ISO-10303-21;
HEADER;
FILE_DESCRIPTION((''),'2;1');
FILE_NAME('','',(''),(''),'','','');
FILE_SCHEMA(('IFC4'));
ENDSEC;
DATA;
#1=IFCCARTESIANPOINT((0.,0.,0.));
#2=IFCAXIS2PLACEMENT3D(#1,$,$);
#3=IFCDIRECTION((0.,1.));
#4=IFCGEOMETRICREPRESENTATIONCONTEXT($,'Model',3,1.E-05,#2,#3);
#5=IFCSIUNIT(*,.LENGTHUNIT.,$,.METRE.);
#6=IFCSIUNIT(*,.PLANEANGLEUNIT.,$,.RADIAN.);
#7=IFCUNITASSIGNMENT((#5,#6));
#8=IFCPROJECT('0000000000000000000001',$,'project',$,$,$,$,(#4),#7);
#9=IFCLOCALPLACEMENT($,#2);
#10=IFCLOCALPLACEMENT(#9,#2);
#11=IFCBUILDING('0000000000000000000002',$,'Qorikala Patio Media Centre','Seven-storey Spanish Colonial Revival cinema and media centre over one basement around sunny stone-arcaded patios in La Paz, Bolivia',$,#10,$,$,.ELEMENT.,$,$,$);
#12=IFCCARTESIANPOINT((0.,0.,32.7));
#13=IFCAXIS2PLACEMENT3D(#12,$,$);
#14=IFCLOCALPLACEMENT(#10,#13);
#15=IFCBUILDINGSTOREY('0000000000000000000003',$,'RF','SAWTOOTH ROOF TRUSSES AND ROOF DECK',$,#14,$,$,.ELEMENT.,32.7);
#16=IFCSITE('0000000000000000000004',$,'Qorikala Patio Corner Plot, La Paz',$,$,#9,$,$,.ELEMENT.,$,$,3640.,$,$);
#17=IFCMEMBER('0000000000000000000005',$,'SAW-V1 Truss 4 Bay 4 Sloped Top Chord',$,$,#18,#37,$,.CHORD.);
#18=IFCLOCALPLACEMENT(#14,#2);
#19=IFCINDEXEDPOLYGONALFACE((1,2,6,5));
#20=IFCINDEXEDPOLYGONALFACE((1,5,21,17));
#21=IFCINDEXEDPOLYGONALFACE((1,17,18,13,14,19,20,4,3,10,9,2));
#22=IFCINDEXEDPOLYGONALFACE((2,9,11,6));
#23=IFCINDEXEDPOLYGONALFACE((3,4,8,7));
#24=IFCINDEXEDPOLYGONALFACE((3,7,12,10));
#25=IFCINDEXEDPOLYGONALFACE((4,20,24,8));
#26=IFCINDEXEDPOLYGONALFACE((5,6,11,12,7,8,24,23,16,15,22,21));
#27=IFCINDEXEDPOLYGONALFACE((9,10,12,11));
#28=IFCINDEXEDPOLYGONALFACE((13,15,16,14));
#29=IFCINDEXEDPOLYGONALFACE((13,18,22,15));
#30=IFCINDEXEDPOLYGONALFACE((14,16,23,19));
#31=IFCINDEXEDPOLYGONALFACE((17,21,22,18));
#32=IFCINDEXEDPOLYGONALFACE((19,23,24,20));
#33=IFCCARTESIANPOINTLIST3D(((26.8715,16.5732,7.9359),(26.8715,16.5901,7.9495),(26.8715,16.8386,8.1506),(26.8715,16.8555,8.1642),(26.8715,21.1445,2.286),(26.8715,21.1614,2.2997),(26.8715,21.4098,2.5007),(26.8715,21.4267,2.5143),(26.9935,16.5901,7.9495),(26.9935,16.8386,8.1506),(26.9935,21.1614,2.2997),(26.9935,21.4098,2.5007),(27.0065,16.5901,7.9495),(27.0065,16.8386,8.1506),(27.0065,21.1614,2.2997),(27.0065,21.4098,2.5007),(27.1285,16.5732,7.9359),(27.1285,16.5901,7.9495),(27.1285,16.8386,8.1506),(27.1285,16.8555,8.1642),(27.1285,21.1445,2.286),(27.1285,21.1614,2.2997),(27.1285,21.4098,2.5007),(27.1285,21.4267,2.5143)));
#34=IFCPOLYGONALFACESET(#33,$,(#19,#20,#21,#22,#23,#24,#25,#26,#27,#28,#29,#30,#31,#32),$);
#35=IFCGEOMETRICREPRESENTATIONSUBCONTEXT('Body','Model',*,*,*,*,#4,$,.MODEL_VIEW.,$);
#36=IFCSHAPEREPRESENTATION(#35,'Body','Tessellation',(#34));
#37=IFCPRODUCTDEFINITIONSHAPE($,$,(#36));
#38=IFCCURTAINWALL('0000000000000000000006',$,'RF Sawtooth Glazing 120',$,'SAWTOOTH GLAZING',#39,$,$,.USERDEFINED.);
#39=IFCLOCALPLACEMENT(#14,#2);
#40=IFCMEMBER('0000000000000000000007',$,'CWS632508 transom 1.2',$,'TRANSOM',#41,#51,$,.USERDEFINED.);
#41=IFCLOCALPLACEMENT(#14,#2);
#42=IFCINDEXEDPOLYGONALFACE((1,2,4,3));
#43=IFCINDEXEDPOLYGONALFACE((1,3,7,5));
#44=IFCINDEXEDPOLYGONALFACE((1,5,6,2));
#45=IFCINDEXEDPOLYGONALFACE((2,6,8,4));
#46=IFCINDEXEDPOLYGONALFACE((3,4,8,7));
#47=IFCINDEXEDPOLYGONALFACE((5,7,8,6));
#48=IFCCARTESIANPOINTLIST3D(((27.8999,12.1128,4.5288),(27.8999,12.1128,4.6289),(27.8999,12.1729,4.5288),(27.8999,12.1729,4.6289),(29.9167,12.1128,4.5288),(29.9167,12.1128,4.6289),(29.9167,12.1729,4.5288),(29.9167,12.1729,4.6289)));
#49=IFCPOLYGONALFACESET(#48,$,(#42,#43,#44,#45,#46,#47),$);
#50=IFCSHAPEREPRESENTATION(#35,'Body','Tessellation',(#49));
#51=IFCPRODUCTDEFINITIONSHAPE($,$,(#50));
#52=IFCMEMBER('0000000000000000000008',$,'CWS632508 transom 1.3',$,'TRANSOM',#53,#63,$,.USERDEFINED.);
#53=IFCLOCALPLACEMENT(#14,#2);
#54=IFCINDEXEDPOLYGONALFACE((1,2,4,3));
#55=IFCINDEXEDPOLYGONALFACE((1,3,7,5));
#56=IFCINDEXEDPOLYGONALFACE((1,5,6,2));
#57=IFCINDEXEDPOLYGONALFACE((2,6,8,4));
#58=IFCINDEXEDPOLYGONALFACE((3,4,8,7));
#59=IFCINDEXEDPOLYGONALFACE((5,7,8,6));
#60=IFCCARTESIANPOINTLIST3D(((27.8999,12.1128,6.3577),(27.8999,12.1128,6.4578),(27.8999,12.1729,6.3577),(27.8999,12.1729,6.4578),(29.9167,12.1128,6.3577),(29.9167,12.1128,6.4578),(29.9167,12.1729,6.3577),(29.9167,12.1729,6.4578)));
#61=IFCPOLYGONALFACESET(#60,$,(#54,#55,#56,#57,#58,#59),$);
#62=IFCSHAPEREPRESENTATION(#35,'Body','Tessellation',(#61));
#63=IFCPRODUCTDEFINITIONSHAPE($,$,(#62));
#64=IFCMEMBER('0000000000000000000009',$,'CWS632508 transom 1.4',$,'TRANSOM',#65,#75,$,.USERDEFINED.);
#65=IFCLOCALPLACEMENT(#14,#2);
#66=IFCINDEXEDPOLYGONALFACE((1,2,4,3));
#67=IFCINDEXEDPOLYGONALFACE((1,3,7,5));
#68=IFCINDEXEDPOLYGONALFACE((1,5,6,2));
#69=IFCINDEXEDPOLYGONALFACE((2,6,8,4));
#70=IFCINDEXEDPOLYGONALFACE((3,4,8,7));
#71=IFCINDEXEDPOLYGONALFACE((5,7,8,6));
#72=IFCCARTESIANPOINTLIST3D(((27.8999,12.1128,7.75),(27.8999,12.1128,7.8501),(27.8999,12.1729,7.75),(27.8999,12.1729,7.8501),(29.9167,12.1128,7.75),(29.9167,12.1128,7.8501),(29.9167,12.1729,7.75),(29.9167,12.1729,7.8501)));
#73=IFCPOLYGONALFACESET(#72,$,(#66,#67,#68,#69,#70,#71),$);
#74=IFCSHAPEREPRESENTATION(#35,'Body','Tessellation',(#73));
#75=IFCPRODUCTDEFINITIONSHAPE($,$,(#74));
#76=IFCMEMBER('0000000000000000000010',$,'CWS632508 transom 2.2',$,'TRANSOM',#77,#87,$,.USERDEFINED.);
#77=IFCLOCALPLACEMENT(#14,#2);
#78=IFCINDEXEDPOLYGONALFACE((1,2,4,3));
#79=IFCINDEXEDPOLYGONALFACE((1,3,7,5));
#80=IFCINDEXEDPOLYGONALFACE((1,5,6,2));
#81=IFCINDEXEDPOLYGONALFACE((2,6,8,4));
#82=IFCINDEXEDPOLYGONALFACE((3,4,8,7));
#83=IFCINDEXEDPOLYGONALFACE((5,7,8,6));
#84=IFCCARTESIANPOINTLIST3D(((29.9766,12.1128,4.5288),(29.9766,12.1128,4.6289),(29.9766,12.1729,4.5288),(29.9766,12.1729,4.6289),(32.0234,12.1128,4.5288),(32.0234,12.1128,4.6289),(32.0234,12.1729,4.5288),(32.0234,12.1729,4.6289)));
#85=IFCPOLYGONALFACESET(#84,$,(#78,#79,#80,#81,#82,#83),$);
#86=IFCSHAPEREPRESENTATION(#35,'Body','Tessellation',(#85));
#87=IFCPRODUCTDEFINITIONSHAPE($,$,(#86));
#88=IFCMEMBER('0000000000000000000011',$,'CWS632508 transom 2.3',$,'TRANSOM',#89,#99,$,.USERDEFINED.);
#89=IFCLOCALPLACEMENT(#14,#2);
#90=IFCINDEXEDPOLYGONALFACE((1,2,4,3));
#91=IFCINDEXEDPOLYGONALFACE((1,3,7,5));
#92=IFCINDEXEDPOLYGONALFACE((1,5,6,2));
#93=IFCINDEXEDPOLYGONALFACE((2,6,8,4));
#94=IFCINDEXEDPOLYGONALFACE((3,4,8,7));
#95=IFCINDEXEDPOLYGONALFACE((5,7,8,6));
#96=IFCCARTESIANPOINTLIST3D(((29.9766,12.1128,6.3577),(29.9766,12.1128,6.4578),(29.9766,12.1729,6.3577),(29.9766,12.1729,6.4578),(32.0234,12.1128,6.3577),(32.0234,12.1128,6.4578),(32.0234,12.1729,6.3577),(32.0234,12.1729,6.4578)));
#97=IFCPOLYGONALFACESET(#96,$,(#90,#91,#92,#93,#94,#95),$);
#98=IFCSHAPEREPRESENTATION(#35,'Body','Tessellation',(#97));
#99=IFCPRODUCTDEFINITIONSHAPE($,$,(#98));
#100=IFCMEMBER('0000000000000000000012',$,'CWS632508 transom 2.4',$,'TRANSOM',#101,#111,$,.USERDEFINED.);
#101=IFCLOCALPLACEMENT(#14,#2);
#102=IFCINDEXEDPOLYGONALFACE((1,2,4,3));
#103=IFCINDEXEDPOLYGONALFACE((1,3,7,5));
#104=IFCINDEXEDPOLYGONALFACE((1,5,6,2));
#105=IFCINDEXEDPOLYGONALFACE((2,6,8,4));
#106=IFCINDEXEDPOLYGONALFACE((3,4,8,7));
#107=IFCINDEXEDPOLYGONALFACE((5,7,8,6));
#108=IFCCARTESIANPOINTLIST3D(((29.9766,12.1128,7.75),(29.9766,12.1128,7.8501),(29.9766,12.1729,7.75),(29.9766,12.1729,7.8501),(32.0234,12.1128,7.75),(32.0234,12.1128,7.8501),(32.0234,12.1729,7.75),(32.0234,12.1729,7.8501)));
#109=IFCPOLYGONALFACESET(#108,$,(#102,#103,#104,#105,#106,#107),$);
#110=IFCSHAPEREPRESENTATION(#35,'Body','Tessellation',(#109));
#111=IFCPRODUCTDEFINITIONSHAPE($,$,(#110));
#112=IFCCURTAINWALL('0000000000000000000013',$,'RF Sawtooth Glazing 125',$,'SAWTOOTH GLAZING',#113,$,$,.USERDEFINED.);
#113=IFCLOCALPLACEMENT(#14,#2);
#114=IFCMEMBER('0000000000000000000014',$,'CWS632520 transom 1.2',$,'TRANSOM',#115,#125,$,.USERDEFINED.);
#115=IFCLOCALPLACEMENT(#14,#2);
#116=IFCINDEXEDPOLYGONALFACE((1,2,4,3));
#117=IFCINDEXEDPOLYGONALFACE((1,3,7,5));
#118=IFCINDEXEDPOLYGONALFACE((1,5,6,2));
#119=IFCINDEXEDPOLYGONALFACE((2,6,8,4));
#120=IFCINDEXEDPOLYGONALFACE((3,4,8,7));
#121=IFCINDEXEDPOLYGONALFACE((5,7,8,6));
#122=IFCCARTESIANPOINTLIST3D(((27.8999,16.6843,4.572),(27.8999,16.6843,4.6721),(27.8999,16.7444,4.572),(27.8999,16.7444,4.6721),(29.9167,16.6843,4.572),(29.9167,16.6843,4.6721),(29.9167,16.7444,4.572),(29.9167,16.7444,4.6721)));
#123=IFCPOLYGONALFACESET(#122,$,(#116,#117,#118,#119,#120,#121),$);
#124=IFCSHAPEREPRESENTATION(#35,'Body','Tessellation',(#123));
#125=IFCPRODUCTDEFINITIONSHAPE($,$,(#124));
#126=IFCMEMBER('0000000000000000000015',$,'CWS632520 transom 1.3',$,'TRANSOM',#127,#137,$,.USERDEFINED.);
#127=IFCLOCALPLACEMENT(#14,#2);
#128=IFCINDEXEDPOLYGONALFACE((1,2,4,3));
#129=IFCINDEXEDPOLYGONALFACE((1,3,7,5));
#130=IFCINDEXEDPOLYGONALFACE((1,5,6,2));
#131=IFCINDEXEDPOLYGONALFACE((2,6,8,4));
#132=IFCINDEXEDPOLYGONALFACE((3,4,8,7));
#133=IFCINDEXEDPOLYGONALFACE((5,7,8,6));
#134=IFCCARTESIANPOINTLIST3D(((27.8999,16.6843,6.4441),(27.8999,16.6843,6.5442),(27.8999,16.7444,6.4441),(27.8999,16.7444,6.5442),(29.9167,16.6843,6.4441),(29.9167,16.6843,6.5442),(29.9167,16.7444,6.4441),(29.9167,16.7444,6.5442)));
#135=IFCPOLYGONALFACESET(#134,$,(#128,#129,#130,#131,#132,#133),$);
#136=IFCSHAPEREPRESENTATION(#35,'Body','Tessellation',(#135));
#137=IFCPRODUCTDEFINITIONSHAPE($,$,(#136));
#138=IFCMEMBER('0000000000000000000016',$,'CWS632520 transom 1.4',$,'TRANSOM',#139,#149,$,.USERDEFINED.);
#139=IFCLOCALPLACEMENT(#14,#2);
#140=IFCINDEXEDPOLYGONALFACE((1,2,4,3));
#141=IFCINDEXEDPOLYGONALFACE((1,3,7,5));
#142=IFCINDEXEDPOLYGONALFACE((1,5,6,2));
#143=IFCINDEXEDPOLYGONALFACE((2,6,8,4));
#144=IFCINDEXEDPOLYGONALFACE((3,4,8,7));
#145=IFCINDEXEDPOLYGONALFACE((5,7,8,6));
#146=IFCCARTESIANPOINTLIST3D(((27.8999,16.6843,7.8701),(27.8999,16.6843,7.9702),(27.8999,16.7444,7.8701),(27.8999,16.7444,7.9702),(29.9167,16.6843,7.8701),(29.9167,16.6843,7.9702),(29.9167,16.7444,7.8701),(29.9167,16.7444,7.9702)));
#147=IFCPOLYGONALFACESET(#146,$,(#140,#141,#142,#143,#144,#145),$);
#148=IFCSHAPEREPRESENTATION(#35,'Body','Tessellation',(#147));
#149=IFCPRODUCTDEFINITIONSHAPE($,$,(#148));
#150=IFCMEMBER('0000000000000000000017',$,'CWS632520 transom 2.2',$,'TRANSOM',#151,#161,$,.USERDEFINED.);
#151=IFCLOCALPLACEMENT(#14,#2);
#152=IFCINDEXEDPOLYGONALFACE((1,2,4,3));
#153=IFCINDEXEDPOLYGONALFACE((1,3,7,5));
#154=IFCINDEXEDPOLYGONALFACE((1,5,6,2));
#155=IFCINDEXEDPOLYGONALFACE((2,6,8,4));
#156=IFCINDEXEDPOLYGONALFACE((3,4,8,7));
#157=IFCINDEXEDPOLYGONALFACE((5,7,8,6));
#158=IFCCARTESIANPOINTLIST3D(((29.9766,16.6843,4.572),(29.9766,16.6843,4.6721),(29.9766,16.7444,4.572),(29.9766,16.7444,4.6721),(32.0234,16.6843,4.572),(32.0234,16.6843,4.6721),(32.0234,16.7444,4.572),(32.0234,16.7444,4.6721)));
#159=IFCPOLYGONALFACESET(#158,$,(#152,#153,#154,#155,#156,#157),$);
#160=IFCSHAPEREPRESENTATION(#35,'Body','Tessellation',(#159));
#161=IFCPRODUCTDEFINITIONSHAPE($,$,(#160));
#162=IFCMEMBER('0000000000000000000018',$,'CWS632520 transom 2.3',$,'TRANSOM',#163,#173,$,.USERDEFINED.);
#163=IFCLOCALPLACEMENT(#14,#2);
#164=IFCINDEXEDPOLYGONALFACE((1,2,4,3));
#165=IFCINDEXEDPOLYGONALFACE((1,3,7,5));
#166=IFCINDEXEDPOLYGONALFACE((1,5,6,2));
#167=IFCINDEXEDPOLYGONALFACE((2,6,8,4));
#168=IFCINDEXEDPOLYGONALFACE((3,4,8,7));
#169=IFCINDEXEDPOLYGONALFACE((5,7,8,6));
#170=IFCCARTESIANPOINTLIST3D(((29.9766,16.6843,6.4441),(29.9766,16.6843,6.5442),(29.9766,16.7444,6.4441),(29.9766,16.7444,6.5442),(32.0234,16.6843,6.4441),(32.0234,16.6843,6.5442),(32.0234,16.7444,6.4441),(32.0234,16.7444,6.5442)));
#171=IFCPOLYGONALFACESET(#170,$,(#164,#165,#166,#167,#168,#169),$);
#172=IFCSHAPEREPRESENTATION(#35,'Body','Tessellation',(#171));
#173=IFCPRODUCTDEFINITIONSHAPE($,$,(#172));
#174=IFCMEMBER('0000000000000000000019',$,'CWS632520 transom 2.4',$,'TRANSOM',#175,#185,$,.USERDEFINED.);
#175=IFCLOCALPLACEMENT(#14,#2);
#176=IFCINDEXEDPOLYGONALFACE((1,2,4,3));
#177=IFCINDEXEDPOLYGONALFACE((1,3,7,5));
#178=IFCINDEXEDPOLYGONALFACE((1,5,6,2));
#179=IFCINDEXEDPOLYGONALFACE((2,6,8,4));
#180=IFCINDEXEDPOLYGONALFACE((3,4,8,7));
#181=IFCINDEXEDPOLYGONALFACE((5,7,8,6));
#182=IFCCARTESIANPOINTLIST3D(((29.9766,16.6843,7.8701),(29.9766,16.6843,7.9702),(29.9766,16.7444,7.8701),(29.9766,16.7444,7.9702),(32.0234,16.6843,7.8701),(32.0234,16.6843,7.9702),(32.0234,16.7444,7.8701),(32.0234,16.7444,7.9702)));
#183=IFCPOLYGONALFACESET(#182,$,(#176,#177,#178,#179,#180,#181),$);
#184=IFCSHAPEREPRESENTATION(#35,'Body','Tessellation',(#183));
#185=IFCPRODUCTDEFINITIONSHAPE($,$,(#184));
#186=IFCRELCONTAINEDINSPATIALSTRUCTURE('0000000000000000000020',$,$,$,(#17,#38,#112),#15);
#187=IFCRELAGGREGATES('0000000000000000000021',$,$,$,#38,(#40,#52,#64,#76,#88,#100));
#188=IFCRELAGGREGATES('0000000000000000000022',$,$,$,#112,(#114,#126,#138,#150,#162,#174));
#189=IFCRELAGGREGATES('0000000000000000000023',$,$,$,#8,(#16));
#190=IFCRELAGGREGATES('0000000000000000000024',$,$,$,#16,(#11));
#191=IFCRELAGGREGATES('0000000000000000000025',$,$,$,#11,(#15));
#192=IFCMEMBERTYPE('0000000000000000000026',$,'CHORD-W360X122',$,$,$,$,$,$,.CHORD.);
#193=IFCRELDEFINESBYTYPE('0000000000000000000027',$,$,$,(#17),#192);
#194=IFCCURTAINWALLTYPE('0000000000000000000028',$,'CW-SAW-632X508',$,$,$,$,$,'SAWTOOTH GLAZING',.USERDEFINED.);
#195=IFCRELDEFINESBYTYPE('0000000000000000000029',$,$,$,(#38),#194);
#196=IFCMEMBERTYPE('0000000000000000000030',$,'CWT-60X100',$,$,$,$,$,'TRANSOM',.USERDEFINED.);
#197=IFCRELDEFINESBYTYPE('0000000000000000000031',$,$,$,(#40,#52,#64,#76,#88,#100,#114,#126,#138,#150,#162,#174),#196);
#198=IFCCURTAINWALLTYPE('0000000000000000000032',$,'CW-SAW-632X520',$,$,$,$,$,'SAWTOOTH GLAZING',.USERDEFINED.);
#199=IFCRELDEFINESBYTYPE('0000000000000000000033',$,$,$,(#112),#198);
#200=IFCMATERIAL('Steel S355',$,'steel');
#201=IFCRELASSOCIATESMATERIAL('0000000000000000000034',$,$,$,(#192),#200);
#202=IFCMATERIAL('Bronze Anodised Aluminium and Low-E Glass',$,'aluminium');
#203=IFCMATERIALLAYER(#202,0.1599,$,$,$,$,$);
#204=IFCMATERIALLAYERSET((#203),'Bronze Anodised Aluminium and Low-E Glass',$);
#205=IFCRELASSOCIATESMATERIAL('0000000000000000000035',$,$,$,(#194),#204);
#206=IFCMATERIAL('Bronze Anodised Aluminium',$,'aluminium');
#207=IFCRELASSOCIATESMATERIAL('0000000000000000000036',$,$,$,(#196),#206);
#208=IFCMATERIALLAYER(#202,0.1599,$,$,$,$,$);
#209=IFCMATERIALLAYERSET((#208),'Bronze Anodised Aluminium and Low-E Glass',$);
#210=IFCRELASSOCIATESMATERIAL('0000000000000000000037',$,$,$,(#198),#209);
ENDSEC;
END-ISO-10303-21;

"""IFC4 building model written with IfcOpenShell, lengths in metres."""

from ifc_helpers import new_model, si_unit, direction, frame, origin, origin_2d, place, context, subcontext, project, spatial, rectangle, i_section, extrude, material, layer, layer_set, material_profile, profile_set, type_object, element, aggregate, save


model = new_model("IFC4")

# Units and contexts
model_context = context("Model", 3, precision=1e-05, world=origin(), true_north=direction((0.0, 1.0)))
body_context = subcontext(model_context, "Body", "Model", "MODEL_VIEW")
ifc_project = project(units=[si_unit("LENGTHUNIT", "METRE"), si_unit("PLANEANGLEUNIT", "RADIAN")], contexts=[model_context])

# Site, building, storey
site_placement = place(None, origin())
site = spatial("IfcSite", under=ifc_project, at=site_placement, Name="Qorikala Patio Corner Plot, La Paz", CompositionType="ELEMENT", RefElevation=3640.0)
building_placement = place(site_placement, origin())
building = spatial("IfcBuilding", under=site, at=building_placement, Name="Qorikala Patio Media Centre", Description="Seven-storey Spanish Colonial Revival cinema and media centre over one basement around sunny stone-arcaded patios in La Paz, Bolivia", CompositionType="ELEMENT")
storey_placement = place(building_placement, frame((0.0, 0.0, 32.7)))
storey = spatial("IfcBuildingStorey", under=building, at=storey_placement, Name="RF", Description="SAWTOOTH ROOF TRUSSES AND ROOF DECK", CompositionType="ELEMENT", Elevation=32.7)

# Member
ifc_material_1 = material(Name="Steel S355", Category="steel")
ifc_material_profile_1 = material_profile(ifc_material_1, i_section(OverallWidth=0.2571, OverallDepth=0.363, WebThickness=0.0129, FlangeThickness=0.0217, at=origin_2d()), Name="W360X122")
ifc_profile_set_1 = profile_set([ifc_material_profile_1], Name="Steel S355")
member_type_1 = type_object("IfcMemberType", Name="CHORD-W360X122", PredefinedType="CHORD", material=ifc_profile_set_1)
member_1_placement = place(storey_placement, frame((27.0, 16.7144, 8.05), z_axis=(0.0, 0.628995, -0.777409), x_axis=(-1.0, 0.0, 0.0)))
element("IfcMember", 1, at=member_1_placement, inside=storey, type_object=member_type_1, Name="SAW-V1 Truss 4 Bay 4 Sloped Top Chord", PredefinedType="CHORD", context=body_context, shape_type="SweptSolid", body=[
    extrude(i_section(OverallWidth=0.2571, OverallDepth=0.363, WebThickness=0.0129, FlangeThickness=0.0217, at=origin_2d()), origin(), (0.0, 0.0, 1.0), 7.2676),
])

# Curtain walls, members
ifc_material_2 = material(Name="Bronze Anodised Aluminium and Low-E Glass", Category="aluminium")
ifc_layer_1 = layer(ifc_material_2, 0.1599)
ifc_layer_set_1 = layer_set([ifc_layer_1], Name="Bronze Anodised Aluminium and Low-E Glass")
curtain_wall_type_1 = type_object("IfcCurtainWallType", Name="CW-SAW-632X508", ElementType="SAWTOOTH GLAZING", PredefinedType="USERDEFINED", material=ifc_layer_set_1)
curtain_wall_1_placement = place(storey_placement, origin())
curtain_wall_1 = element("IfcCurtainWall", 2, at=curtain_wall_1_placement, inside=storey, type_object=curtain_wall_type_1, Name="RF Sawtooth Glazing 120", ObjectType="SAWTOOTH GLAZING", PredefinedType="USERDEFINED")
ifc_material_3 = material(Name="Bronze Anodised Aluminium", Category="aluminium")
ifc_material_profile_2 = material_profile(ifc_material_3, rectangle(XDim=0.0601, YDim=0.1001, at=origin_2d()), Name="ALU TRANSOM 60x100")
ifc_profile_set_2 = profile_set([ifc_material_profile_2], Name="Bronze Anodised Aluminium")
member_type_2 = type_object("IfcMemberType", Name="CWT-60X100", ElementType="TRANSOM", PredefinedType="USERDEFINED", material=ifc_profile_set_2)
member_2_placement = place(storey_placement, frame((27.8999, 12.1428, 4.5789), z_axis=(1.0, 0.0, 0.0), x_axis=(0.0, 1.0, 0.0)))
member_2 = element("IfcMember", 3, at=member_2_placement, type_object=member_type_2, Name="CWS632508 transom 1.2", ObjectType="TRANSOM", PredefinedType="USERDEFINED", context=body_context, shape_type="SweptSolid", body=[
    extrude(rectangle(XDim=0.0601, YDim=0.1001, at=origin_2d()), origin(), (0.0, 0.0, 1.0), 2.0168),
])
member_3_placement = place(storey_placement, frame((27.8999, 12.1428, 6.4077), z_axis=(1.0, 0.0, 0.0), x_axis=(0.0, 1.0, 0.0)))
member_3 = element("IfcMember", 4, at=member_3_placement, type_object=member_type_2, Name="CWS632508 transom 1.3", ObjectType="TRANSOM", PredefinedType="USERDEFINED", context=body_context, shape_type="SweptSolid", body=[
    extrude(rectangle(XDim=0.0601, YDim=0.1001, at=origin_2d()), origin(), (0.0, 0.0, 1.0), 2.0168),
])
member_4_placement = place(storey_placement, frame((27.8999, 12.1428, 7.8), z_axis=(1.0, 0.0, 0.0), x_axis=(0.0, 1.0, 0.0)))
member_4 = element("IfcMember", 5, at=member_4_placement, type_object=member_type_2, Name="CWS632508 transom 1.4", ObjectType="TRANSOM", PredefinedType="USERDEFINED", context=body_context, shape_type="SweptSolid", body=[
    extrude(rectangle(XDim=0.0601, YDim=0.1001, at=origin_2d()), origin(), (0.0, 0.0, 1.0), 2.0168),
])
member_5_placement = place(storey_placement, frame((29.9766, 12.1428, 4.5789), z_axis=(1.0, 0.0, 0.0), x_axis=(0.0, 1.0, 0.0)))
member_5 = element("IfcMember", 6, at=member_5_placement, type_object=member_type_2, Name="CWS632508 transom 2.2", ObjectType="TRANSOM", PredefinedType="USERDEFINED", context=body_context, shape_type="SweptSolid", body=[
    extrude(rectangle(XDim=0.0601, YDim=0.1001, at=origin_2d()), origin(), (0.0, 0.0, 1.0), 2.0469),
])
member_6_placement = place(storey_placement, frame((29.9766, 12.1428, 6.4077), z_axis=(1.0, 0.0, 0.0), x_axis=(0.0, 1.0, 0.0)))
member_6 = element("IfcMember", 7, at=member_6_placement, type_object=member_type_2, Name="CWS632508 transom 2.3", ObjectType="TRANSOM", PredefinedType="USERDEFINED", context=body_context, shape_type="SweptSolid", body=[
    extrude(rectangle(XDim=0.0601, YDim=0.1001, at=origin_2d()), origin(), (0.0, 0.0, 1.0), 2.0469),
])
member_7_placement = place(storey_placement, frame((29.9766, 12.1428, 7.8), z_axis=(1.0, 0.0, 0.0), x_axis=(0.0, 1.0, 0.0)))
member_7 = element("IfcMember", 8, at=member_7_placement, type_object=member_type_2, Name="CWS632508 transom 2.4", ObjectType="TRANSOM", PredefinedType="USERDEFINED", context=body_context, shape_type="SweptSolid", body=[
    extrude(rectangle(XDim=0.0601, YDim=0.1001, at=origin_2d()), origin(), (0.0, 0.0, 1.0), 2.0469),
])
ifc_layer_2 = layer(ifc_material_2, 0.1599)
ifc_layer_set_2 = layer_set([ifc_layer_2], Name="Bronze Anodised Aluminium and Low-E Glass")
curtain_wall_type_2 = type_object("IfcCurtainWallType", Name="CW-SAW-632X520", ElementType="SAWTOOTH GLAZING", PredefinedType="USERDEFINED", material=ifc_layer_set_2)
curtain_wall_2_placement = place(storey_placement, origin())
curtain_wall_2 = element("IfcCurtainWall", 9, at=curtain_wall_2_placement, inside=storey, type_object=curtain_wall_type_2, Name="RF Sawtooth Glazing 125", ObjectType="SAWTOOTH GLAZING", PredefinedType="USERDEFINED")
member_8_placement = place(storey_placement, frame((27.8999, 16.7144, 4.6221), z_axis=(1.0, 0.0, 0.0), x_axis=(0.0, 1.0, 0.0)))
member_8 = element("IfcMember", 10, at=member_8_placement, type_object=member_type_2, Name="CWS632520 transom 1.2", ObjectType="TRANSOM", PredefinedType="USERDEFINED", context=body_context, shape_type="SweptSolid", body=[
    extrude(rectangle(XDim=0.0601, YDim=0.1001, at=origin_2d()), origin(), (0.0, 0.0, 1.0), 2.0168),
])
member_9_placement = place(storey_placement, frame((27.8999, 16.7144, 6.4941), z_axis=(1.0, 0.0, 0.0), x_axis=(0.0, 1.0, 0.0)))
member_9 = element("IfcMember", 11, at=member_9_placement, type_object=member_type_2, Name="CWS632520 transom 1.3", ObjectType="TRANSOM", PredefinedType="USERDEFINED", context=body_context, shape_type="SweptSolid", body=[
    extrude(rectangle(XDim=0.0601, YDim=0.1001, at=origin_2d()), origin(), (0.0, 0.0, 1.0), 2.0168),
])
member_10_placement = place(storey_placement, frame((27.8999, 16.7144, 7.9202), z_axis=(1.0, 0.0, 0.0), x_axis=(0.0, 1.0, 0.0)))
member_10 = element("IfcMember", 12, at=member_10_placement, type_object=member_type_2, Name="CWS632520 transom 1.4", ObjectType="TRANSOM", PredefinedType="USERDEFINED", context=body_context, shape_type="SweptSolid", body=[
    extrude(rectangle(XDim=0.0601, YDim=0.1001, at=origin_2d()), origin(), (0.0, 0.0, 1.0), 2.0168),
])
member_11_placement = place(storey_placement, frame((29.9766, 16.7144, 4.6221), z_axis=(1.0, 0.0, 0.0), x_axis=(0.0, 1.0, 0.0)))
member_11 = element("IfcMember", 13, at=member_11_placement, type_object=member_type_2, Name="CWS632520 transom 2.2", ObjectType="TRANSOM", PredefinedType="USERDEFINED", context=body_context, shape_type="SweptSolid", body=[
    extrude(rectangle(XDim=0.0601, YDim=0.1001, at=origin_2d()), origin(), (0.0, 0.0, 1.0), 2.0469),
])
member_12_placement = place(storey_placement, frame((29.9766, 16.7144, 6.4941), z_axis=(1.0, 0.0, 0.0), x_axis=(0.0, 1.0, 0.0)))
member_12 = element("IfcMember", 14, at=member_12_placement, type_object=member_type_2, Name="CWS632520 transom 2.3", ObjectType="TRANSOM", PredefinedType="USERDEFINED", context=body_context, shape_type="SweptSolid", body=[
    extrude(rectangle(XDim=0.0601, YDim=0.1001, at=origin_2d()), origin(), (0.0, 0.0, 1.0), 2.0469),
])
member_13_placement = place(storey_placement, frame((29.9766, 16.7144, 7.9202), z_axis=(1.0, 0.0, 0.0), x_axis=(0.0, 1.0, 0.0)))
member_13 = element("IfcMember", 15, at=member_13_placement, type_object=member_type_2, Name="CWS632520 transom 2.4", ObjectType="TRANSOM", PredefinedType="USERDEFINED", context=body_context, shape_type="SweptSolid", body=[
    extrude(rectangle(XDim=0.0601, YDim=0.1001, at=origin_2d()), origin(), (0.0, 0.0, 1.0), 2.0469),
])

aggregate(curtain_wall_1, [member_2, member_3, member_4, member_5, member_6, member_7])
aggregate(curtain_wall_2, [member_8, member_9, member_10, member_11, member_12, member_13])

save(model, "model.ifc")
